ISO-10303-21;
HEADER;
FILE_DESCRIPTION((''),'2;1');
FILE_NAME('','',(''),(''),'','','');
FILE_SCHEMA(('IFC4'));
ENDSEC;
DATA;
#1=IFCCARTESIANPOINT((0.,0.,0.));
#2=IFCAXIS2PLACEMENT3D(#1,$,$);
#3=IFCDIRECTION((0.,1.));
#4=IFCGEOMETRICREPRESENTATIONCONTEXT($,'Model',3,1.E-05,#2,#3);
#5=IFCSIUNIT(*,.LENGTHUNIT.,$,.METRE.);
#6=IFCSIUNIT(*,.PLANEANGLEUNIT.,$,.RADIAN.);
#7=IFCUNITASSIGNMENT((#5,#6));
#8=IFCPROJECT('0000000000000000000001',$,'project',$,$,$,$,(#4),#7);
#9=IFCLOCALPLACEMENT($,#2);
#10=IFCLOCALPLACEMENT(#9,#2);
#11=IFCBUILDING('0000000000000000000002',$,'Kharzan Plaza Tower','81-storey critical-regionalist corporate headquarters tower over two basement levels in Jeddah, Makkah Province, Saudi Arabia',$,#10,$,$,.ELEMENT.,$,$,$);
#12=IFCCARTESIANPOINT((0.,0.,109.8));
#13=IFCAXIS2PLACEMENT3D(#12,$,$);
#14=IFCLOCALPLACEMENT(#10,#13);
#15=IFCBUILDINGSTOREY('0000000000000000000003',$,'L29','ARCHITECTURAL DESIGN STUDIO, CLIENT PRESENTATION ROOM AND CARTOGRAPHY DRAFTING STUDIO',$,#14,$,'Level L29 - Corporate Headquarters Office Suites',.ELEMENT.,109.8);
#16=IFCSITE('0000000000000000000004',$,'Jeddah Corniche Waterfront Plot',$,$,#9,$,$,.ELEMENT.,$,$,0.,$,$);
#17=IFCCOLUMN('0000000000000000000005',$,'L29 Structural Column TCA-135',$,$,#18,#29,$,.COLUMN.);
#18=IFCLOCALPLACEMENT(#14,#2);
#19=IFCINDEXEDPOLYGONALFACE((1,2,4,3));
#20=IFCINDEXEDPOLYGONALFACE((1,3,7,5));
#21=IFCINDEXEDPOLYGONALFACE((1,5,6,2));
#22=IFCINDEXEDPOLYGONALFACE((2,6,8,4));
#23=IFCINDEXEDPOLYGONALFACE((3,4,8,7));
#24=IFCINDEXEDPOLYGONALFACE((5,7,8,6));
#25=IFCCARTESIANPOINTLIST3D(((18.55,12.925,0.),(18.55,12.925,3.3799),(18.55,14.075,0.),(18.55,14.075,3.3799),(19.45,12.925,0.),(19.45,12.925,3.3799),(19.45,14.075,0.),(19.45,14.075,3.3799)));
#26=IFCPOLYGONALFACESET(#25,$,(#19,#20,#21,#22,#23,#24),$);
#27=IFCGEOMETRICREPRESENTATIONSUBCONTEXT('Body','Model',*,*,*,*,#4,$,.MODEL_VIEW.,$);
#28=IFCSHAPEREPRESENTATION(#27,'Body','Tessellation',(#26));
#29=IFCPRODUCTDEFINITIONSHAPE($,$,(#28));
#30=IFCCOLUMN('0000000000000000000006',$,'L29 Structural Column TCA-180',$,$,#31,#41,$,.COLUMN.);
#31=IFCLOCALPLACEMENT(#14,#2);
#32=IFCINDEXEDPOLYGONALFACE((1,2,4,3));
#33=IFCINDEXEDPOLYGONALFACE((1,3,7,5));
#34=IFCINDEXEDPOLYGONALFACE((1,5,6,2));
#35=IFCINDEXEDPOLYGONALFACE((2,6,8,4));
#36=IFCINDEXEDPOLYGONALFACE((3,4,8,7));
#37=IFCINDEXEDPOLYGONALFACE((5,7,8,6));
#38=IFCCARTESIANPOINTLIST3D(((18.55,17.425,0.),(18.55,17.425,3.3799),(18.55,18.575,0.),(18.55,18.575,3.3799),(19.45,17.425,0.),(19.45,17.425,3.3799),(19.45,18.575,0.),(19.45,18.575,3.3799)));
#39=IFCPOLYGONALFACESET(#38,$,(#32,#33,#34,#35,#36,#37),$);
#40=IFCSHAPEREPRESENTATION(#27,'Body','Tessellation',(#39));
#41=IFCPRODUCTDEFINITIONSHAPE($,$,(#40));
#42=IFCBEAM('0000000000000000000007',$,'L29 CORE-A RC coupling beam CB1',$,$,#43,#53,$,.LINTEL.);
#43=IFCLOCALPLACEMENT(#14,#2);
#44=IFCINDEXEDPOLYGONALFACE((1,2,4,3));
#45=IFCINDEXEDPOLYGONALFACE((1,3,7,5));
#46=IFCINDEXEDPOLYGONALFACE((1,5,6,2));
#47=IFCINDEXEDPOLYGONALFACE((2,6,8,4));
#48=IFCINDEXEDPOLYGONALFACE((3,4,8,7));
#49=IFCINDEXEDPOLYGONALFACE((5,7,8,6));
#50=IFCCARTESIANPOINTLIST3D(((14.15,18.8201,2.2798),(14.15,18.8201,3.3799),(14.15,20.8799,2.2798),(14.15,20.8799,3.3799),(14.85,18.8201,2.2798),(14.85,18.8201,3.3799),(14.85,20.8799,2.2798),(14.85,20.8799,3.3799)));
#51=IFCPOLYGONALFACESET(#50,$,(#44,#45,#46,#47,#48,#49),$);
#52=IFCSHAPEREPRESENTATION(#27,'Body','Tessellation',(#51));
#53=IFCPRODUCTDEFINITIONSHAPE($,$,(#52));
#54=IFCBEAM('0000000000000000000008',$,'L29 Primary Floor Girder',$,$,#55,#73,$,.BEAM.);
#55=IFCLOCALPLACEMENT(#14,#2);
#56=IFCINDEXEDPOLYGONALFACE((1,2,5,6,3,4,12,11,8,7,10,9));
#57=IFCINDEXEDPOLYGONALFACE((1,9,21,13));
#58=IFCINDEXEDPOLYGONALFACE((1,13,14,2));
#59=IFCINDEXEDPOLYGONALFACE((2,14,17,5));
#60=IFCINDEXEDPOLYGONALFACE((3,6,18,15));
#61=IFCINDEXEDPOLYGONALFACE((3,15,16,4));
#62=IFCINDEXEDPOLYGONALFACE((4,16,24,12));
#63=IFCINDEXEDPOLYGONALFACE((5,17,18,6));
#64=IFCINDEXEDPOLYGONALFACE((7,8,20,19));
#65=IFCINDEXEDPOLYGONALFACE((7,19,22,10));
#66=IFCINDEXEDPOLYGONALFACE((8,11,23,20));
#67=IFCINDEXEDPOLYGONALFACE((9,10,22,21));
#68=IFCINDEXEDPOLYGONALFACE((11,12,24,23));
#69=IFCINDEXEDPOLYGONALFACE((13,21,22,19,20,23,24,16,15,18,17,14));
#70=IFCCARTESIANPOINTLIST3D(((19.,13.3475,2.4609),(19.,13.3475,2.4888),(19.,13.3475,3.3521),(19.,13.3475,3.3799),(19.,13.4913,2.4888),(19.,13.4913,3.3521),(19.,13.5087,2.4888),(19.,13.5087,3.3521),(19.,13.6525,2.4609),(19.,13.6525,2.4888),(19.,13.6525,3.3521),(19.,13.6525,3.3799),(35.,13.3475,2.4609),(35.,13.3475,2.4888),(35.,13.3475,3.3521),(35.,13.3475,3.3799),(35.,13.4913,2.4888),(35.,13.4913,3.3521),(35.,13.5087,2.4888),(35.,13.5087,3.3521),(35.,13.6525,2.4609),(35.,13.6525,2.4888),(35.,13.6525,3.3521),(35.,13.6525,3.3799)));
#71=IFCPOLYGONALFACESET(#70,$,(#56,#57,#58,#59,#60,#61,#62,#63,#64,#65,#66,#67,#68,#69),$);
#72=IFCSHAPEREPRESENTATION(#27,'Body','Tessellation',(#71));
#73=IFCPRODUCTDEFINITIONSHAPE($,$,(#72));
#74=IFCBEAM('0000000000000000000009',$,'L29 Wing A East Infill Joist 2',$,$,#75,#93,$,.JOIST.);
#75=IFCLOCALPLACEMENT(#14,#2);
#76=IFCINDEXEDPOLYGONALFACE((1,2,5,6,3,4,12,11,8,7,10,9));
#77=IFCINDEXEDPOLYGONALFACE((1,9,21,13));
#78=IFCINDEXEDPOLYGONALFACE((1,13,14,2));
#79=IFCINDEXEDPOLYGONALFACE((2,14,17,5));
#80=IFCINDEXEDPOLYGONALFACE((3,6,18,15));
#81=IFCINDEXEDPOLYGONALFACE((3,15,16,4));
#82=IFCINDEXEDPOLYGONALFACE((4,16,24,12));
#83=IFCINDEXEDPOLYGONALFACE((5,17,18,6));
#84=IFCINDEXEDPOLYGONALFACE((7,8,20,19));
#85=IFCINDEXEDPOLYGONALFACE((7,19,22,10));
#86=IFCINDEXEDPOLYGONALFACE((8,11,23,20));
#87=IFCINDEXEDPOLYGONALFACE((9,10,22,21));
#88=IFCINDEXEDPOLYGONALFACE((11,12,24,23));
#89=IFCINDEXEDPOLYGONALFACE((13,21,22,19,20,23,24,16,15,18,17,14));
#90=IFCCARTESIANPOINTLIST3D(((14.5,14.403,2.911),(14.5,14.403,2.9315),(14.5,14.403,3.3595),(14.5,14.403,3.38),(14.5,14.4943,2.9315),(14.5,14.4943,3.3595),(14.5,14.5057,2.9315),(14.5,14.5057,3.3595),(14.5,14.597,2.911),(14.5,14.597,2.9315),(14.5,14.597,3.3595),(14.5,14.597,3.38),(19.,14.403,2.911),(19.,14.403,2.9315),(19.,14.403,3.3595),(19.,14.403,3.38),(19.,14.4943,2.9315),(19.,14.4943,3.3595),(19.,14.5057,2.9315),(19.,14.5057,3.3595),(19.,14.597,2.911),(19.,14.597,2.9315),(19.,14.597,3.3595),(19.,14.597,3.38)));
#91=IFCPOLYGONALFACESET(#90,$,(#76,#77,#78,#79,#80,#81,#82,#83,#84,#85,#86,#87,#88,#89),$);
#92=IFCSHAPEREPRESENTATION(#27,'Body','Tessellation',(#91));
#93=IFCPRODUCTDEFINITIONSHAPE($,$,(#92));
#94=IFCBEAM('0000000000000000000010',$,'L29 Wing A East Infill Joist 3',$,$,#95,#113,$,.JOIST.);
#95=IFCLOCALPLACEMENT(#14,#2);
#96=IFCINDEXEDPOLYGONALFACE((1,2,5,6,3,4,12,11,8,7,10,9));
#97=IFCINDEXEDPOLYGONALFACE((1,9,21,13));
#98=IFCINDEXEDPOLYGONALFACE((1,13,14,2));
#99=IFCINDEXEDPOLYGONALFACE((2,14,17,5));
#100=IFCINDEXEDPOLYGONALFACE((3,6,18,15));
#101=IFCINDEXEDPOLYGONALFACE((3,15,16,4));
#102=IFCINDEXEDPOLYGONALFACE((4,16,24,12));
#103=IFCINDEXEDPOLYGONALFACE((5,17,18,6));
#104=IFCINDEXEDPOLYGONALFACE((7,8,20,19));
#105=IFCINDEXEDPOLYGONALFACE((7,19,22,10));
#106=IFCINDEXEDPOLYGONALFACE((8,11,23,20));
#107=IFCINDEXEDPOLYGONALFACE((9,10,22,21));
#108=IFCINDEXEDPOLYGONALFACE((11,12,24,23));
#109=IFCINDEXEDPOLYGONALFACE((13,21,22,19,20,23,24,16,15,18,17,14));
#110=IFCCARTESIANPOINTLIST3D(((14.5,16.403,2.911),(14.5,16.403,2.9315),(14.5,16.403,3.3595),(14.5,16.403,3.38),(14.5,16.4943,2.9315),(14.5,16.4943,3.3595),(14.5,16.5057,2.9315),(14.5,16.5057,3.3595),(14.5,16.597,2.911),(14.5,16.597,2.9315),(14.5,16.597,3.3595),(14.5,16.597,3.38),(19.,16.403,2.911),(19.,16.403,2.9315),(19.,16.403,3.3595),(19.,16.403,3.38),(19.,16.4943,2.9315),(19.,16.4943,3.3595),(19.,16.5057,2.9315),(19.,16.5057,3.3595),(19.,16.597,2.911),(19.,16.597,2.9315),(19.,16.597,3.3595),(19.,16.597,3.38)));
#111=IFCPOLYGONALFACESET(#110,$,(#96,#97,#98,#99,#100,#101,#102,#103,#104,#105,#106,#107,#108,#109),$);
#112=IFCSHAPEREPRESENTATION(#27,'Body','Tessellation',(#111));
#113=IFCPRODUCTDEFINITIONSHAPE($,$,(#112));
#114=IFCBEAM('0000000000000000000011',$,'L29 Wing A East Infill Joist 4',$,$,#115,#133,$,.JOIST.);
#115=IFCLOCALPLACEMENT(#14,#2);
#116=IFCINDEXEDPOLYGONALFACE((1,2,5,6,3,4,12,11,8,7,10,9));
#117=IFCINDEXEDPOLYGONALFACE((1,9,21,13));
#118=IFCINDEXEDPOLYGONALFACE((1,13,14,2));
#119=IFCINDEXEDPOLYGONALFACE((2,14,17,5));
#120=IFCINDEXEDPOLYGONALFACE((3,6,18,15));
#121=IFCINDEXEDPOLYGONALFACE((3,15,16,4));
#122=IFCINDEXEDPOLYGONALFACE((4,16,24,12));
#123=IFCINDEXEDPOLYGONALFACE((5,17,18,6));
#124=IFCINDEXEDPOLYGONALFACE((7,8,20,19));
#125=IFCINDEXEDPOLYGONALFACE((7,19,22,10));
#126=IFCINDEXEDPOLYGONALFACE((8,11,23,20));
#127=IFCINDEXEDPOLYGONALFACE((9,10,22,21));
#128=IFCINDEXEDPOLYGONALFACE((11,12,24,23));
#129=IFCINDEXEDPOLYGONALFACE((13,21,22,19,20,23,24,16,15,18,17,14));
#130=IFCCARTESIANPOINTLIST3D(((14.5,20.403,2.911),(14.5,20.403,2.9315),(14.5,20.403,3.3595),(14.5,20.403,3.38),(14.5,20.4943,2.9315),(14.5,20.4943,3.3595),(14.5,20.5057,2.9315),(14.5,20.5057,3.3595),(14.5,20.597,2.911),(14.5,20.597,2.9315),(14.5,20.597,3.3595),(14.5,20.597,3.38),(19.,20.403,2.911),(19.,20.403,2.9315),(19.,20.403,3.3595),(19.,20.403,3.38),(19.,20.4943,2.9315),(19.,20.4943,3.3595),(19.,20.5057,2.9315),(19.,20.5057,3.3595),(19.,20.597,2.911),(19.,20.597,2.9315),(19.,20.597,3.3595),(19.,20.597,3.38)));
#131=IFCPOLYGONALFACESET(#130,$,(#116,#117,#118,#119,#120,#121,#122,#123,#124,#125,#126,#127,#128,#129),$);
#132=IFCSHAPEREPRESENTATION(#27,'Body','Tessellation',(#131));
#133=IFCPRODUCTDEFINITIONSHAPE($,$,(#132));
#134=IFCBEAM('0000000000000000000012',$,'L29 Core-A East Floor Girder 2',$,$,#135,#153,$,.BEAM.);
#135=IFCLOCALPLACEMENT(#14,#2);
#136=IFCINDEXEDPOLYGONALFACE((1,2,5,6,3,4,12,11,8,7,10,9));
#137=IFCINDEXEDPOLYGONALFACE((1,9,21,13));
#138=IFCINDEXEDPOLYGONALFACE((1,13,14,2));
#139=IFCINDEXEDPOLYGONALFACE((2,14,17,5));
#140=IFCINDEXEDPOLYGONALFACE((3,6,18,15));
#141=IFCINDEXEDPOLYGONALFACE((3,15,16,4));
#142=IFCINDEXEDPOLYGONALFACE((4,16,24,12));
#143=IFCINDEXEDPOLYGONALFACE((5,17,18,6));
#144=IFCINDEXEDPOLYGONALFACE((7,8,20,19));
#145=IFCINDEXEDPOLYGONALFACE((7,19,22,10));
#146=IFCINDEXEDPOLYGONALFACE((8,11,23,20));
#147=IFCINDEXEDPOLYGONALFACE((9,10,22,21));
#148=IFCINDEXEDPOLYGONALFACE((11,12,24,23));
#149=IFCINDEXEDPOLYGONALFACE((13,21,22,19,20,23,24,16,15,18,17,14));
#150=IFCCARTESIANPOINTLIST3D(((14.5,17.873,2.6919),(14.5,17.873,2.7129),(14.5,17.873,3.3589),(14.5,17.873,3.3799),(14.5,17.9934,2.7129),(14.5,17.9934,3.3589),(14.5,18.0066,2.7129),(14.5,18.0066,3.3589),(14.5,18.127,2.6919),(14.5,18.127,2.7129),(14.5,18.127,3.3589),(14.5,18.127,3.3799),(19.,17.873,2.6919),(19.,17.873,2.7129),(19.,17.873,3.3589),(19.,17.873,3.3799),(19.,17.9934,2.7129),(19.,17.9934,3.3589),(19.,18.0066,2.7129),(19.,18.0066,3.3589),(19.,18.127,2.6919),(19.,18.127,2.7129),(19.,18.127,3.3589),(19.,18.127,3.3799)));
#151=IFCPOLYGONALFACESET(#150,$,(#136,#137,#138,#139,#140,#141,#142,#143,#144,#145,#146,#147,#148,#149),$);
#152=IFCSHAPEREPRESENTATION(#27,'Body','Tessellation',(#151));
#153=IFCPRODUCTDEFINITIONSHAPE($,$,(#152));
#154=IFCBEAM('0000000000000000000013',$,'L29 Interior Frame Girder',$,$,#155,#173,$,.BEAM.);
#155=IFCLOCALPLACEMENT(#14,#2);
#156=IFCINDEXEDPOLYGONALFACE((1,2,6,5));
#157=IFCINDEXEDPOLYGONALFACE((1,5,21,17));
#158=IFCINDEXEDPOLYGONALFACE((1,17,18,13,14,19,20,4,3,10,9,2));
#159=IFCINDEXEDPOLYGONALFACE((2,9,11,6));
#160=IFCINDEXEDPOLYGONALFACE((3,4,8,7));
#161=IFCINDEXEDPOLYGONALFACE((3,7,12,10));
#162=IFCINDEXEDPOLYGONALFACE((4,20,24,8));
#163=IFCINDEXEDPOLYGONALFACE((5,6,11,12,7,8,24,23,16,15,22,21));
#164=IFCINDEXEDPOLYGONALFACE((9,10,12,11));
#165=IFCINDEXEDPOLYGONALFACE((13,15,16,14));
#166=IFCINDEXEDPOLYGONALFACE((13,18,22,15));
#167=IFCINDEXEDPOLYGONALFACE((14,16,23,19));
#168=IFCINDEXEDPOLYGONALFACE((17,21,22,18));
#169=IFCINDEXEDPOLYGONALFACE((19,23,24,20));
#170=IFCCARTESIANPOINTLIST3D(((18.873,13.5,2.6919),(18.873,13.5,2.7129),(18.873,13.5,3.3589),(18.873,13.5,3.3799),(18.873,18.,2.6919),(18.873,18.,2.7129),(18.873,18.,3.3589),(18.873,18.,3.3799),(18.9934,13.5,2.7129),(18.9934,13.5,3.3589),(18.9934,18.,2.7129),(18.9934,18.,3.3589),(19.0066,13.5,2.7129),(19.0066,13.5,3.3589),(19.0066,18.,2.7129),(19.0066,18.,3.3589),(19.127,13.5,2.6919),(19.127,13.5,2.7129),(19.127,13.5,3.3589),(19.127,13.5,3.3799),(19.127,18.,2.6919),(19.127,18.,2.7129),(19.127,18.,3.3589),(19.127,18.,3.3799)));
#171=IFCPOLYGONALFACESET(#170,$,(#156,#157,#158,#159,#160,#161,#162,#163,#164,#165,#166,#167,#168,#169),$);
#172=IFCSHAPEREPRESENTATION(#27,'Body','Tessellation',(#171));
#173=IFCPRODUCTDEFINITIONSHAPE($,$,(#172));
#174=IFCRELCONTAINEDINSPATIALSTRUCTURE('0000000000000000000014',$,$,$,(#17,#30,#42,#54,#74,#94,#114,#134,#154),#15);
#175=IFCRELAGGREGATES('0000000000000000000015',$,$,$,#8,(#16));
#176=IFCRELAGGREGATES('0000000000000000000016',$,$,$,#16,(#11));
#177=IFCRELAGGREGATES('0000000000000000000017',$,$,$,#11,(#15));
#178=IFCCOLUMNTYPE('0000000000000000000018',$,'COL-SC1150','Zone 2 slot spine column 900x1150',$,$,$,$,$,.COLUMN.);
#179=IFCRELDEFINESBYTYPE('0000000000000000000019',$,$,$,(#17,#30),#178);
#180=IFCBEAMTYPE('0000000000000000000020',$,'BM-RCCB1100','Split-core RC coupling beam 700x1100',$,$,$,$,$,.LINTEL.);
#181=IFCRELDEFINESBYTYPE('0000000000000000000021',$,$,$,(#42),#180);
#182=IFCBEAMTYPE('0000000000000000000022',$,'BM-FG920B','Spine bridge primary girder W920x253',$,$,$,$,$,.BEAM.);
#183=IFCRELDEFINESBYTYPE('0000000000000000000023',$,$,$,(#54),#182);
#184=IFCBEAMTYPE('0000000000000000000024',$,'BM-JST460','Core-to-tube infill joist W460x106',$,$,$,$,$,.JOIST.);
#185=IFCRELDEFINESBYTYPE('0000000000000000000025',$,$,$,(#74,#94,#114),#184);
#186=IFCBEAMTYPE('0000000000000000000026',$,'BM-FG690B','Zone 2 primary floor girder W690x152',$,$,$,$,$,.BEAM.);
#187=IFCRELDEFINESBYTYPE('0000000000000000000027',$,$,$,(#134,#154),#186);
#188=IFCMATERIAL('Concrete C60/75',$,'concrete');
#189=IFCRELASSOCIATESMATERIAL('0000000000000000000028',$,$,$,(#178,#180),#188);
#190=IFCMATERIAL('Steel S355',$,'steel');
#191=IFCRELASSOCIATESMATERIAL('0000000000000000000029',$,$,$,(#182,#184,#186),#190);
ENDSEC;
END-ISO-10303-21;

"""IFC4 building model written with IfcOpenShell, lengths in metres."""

from ifc_helpers import new_model, si_unit, direction, frame, origin, origin_2d, place, context, subcontext, project, spatial, rectangle, i_section, extrude, source, transform, mapped, material, material_profile, profile_set, type_object, element, save


model = new_model("IFC4")

# Units and contexts
model_context = context("Model", 3, precision=1e-05, world=origin(), true_north=direction((0.0, 1.0)))
body_context = subcontext(model_context, "Body", "Model", "MODEL_VIEW")
ifc_project = project(units=[si_unit("LENGTHUNIT", "METRE"), si_unit("PLANEANGLEUNIT", "RADIAN")], contexts=[model_context])

# Site, building, storey
site_placement = place(None, origin())
site = spatial("IfcSite", under=ifc_project, at=site_placement, Name="Jeddah Corniche Waterfront Plot", CompositionType="ELEMENT", RefElevation=0.0)
building_placement = place(site_placement, origin())
building = spatial("IfcBuilding", under=site, at=building_placement, Name="Kharzan Plaza Tower", Description="81-storey critical-regionalist corporate headquarters tower over two basement levels in Jeddah, Makkah Province, Saudi Arabia", CompositionType="ELEMENT")
storey_placement = place(building_placement, frame((0.0, 0.0, 109.8)))
storey = spatial("IfcBuildingStorey", under=building, at=storey_placement, Name="L29", Description="ARCHITECTURAL DESIGN STUDIO, CLIENT PRESENTATION ROOM AND CARTOGRAPHY DRAFTING STUDIO", LongName="Level L29 - Corporate Headquarters Office Suites", CompositionType="ELEMENT", Elevation=109.8)

# Columns
ifc_material_1 = material(Name="Concrete C60/75", Category="concrete")
ifc_material_profile_1 = material_profile(ifc_material_1, rectangle(XDim=0.8999, YDim=1.1499, at=origin_2d()), Name="RC-SC1150x900")
ifc_profile_set_1 = profile_set([ifc_material_profile_1], Name="Concrete C60/75")
column_type = type_object("IfcColumnType", Name="COL-SC1150", Description="Zone 2 slot spine column 900x1150", PredefinedType="COLUMN", material=ifc_profile_set_1)
shared_shape_1 = source(origin(), body_context, "Body", "SweptSolid", [
    extrude(rectangle(XDim=0.8999, YDim=1.1499, at=origin_2d()), origin(), (0.0, 0.0, 1.0), 3.3799),
])
for number, where, z_axis, x_axis, name in (
    (1, (19.0, 13.5, 0.0), (0.0, 0.0, 1.0), (1.0, 0.0, 0.0), "L29 Structural Column TCA-135"),
    (2, (19.0, 18.0, 0.0), (0.0, 0.0, 1.0), (1.0, 0.0, 0.0), "L29 Structural Column TCA-180"),
):
    element("IfcColumn", number, at=place(storey_placement, frame(where, z_axis=z_axis, x_axis=x_axis)), inside=storey, type_object=column_type, Name=name, PredefinedType="COLUMN", context=body_context, shape_type="MappedRepresentation", body=[
        mapped(shared_shape_1, transform((0.0, 0.0, 0.0), x_axis=(1.0, 0.0, 0.0), y_axis=(0.0, 1.0, 0.0), z_axis=(0.0, 0.0, 1.0))),
    ])

# Beams
ifc_material_profile_2 = material_profile(ifc_material_1, rectangle(XDim=0.7, YDim=1.1001, at=origin_2d()), Name="RC-CB1100x700")
ifc_profile_set_2 = profile_set([ifc_material_profile_2], Name="Concrete C60/75")
beam_type_1 = type_object("IfcBeamType", Name="BM-RCCB1100", Description="Split-core RC coupling beam 700x1100", PredefinedType="LINTEL", material=ifc_profile_set_2)
shared_shape_2 = source(origin(), body_context, "Body", "SweptSolid", [
    extrude(rectangle(XDim=0.7, YDim=1.1001, at=origin_2d()), origin(), (0.0, 0.0, 1.0), 2.0598),
])
beam_1_placement = place(storey_placement, frame((14.5, 18.8201, 2.8298), z_axis=(0.0, 1.0, 0.0), x_axis=(-1.0, 0.0, 0.0)))
element("IfcBeam", 3, at=beam_1_placement, inside=storey, type_object=beam_type_1, Name="L29 CORE-A RC coupling beam CB1", PredefinedType="LINTEL", context=body_context, shape_type="MappedRepresentation", body=[
    mapped(shared_shape_2, transform((0.0, 0.0, 0.0), x_axis=(1.0, 0.0, 0.0), y_axis=(0.0, 1.0, 0.0), z_axis=(0.0, 0.0, 1.0))),
])
ifc_material_2 = material(Name="Steel S355", Category="steel")
ifc_material_profile_3 = material_profile(ifc_material_2, i_section(OverallWidth=0.3049, OverallDepth=0.9189, WebThickness=0.0173, FlangeThickness=0.0278, at=origin_2d()), Name="W920x253")
ifc_profile_set_3 = profile_set([ifc_material_profile_3], Name="Steel S355")
beam_type_2 = type_object("IfcBeamType", Name="BM-FG920B", Description="Spine bridge primary girder W920x253", PredefinedType="BEAM", material=ifc_profile_set_3)
shared_shape_3 = source(origin(), body_context, "Body", "SweptSolid", [
    extrude(i_section(OverallWidth=0.3049, OverallDepth=0.9189, WebThickness=0.0173, FlangeThickness=0.0278, at=origin_2d()), origin(), (0.0, 0.0, 1.0), 16.0),
])
beam_2_placement = place(storey_placement, frame((19.0, 13.5, 2.9204), z_axis=(1.0, 0.0, 0.0), x_axis=(0.0, 1.0, 0.0)))
element("IfcBeam", 4, at=beam_2_placement, inside=storey, type_object=beam_type_2, Name="L29 Primary Floor Girder", PredefinedType="BEAM", context=body_context, shape_type="MappedRepresentation", body=[
    mapped(shared_shape_3, transform((0.0, 0.0, 0.0), x_axis=(1.0, 0.0, 0.0), y_axis=(0.0, 1.0, 0.0), z_axis=(0.0, 0.0, 1.0))),
])
ifc_material_profile_4 = material_profile(ifc_material_2, i_section(OverallWidth=0.1941, OverallDepth=0.469, WebThickness=0.0115, FlangeThickness=0.0205, at=origin_2d()), Name="W460x106")
ifc_profile_set_4 = profile_set([ifc_material_profile_4], Name="Steel S355")
beam_type_3 = type_object("IfcBeamType", Name="BM-JST460", Description="Core-to-tube infill joist W460x106", PredefinedType="JOIST", material=ifc_profile_set_4)
shared_shape_4 = source(origin(), body_context, "Body", "SweptSolid", [
    extrude(i_section(OverallWidth=0.1941, OverallDepth=0.469, WebThickness=0.0115, FlangeThickness=0.0205, at=origin_2d()), origin(), (0.0, 0.0, 1.0), 4.5),
])
for number, where, z_axis, x_axis, name in (
    (5, (14.5, 14.5, 3.1455), (1.0, 0.0, 0.0), (0.0, 1.0, 0.0), "L29 Wing A East Infill Joist 2"),
    (6, (14.5, 16.5, 3.1455), (1.0, 0.0, 0.0), (0.0, 1.0, 0.0), "L29 Wing A East Infill Joist 3"),
    (7, (14.5, 20.5, 3.1455), (1.0, 0.0, 0.0), (0.0, 1.0, 0.0), "L29 Wing A East Infill Joist 4"),
):
    element("IfcBeam", number, at=place(storey_placement, frame(where, z_axis=z_axis, x_axis=x_axis)), inside=storey, type_object=beam_type_3, Name=name, PredefinedType="JOIST", context=body_context, shape_type="MappedRepresentation", body=[
        mapped(shared_shape_4, transform((0.0, 0.0, 0.0), x_axis=(1.0, 0.0, 0.0), y_axis=(0.0, 1.0, 0.0), z_axis=(0.0, 0.0, 1.0))),
    ])
ifc_material_profile_5 = material_profile(ifc_material_2, i_section(OverallWidth=0.2539, OverallDepth=0.688, WebThickness=0.0132, FlangeThickness=0.021, at=origin_2d()), Name="W690x152")
ifc_profile_set_5 = profile_set([ifc_material_profile_5], Name="Steel S355")
beam_type_4 = type_object("IfcBeamType", Name="BM-FG690B", Description="Zone 2 primary floor girder W690x152", PredefinedType="BEAM", material=ifc_profile_set_5)
shared_shape_5 = source(origin(), body_context, "Body", "SweptSolid", [
    extrude(i_section(OverallWidth=0.2539, OverallDepth=0.688, WebThickness=0.0132, FlangeThickness=0.021, at=origin_2d()), origin(), (0.0, 0.0, 1.0), 4.5),
])
for number, where, z_axis, x_axis, name in (
    (8, (14.5, 18.0, 3.0359), (1.0, 0.0, 0.0), (0.0, 1.0, 0.0), "L29 Core-A East Floor Girder 2"),
    (9, (19.0, 13.5, 3.0359), (0.0, 1.0, 0.0), (-1.0, 0.0, 0.0), "L29 Interior Frame Girder"),
):
    element("IfcBeam", number, at=place(storey_placement, frame(where, z_axis=z_axis, x_axis=x_axis)), inside=storey, type_object=beam_type_4, Name=name, PredefinedType="BEAM", context=body_context, shape_type="MappedRepresentation", body=[
        mapped(shared_shape_5, transform((0.0, 0.0, 0.0), x_axis=(1.0, 0.0, 0.0), y_axis=(0.0, 1.0, 0.0), z_axis=(0.0, 0.0, 1.0))),
    ])

save(model, "model.ifc")
